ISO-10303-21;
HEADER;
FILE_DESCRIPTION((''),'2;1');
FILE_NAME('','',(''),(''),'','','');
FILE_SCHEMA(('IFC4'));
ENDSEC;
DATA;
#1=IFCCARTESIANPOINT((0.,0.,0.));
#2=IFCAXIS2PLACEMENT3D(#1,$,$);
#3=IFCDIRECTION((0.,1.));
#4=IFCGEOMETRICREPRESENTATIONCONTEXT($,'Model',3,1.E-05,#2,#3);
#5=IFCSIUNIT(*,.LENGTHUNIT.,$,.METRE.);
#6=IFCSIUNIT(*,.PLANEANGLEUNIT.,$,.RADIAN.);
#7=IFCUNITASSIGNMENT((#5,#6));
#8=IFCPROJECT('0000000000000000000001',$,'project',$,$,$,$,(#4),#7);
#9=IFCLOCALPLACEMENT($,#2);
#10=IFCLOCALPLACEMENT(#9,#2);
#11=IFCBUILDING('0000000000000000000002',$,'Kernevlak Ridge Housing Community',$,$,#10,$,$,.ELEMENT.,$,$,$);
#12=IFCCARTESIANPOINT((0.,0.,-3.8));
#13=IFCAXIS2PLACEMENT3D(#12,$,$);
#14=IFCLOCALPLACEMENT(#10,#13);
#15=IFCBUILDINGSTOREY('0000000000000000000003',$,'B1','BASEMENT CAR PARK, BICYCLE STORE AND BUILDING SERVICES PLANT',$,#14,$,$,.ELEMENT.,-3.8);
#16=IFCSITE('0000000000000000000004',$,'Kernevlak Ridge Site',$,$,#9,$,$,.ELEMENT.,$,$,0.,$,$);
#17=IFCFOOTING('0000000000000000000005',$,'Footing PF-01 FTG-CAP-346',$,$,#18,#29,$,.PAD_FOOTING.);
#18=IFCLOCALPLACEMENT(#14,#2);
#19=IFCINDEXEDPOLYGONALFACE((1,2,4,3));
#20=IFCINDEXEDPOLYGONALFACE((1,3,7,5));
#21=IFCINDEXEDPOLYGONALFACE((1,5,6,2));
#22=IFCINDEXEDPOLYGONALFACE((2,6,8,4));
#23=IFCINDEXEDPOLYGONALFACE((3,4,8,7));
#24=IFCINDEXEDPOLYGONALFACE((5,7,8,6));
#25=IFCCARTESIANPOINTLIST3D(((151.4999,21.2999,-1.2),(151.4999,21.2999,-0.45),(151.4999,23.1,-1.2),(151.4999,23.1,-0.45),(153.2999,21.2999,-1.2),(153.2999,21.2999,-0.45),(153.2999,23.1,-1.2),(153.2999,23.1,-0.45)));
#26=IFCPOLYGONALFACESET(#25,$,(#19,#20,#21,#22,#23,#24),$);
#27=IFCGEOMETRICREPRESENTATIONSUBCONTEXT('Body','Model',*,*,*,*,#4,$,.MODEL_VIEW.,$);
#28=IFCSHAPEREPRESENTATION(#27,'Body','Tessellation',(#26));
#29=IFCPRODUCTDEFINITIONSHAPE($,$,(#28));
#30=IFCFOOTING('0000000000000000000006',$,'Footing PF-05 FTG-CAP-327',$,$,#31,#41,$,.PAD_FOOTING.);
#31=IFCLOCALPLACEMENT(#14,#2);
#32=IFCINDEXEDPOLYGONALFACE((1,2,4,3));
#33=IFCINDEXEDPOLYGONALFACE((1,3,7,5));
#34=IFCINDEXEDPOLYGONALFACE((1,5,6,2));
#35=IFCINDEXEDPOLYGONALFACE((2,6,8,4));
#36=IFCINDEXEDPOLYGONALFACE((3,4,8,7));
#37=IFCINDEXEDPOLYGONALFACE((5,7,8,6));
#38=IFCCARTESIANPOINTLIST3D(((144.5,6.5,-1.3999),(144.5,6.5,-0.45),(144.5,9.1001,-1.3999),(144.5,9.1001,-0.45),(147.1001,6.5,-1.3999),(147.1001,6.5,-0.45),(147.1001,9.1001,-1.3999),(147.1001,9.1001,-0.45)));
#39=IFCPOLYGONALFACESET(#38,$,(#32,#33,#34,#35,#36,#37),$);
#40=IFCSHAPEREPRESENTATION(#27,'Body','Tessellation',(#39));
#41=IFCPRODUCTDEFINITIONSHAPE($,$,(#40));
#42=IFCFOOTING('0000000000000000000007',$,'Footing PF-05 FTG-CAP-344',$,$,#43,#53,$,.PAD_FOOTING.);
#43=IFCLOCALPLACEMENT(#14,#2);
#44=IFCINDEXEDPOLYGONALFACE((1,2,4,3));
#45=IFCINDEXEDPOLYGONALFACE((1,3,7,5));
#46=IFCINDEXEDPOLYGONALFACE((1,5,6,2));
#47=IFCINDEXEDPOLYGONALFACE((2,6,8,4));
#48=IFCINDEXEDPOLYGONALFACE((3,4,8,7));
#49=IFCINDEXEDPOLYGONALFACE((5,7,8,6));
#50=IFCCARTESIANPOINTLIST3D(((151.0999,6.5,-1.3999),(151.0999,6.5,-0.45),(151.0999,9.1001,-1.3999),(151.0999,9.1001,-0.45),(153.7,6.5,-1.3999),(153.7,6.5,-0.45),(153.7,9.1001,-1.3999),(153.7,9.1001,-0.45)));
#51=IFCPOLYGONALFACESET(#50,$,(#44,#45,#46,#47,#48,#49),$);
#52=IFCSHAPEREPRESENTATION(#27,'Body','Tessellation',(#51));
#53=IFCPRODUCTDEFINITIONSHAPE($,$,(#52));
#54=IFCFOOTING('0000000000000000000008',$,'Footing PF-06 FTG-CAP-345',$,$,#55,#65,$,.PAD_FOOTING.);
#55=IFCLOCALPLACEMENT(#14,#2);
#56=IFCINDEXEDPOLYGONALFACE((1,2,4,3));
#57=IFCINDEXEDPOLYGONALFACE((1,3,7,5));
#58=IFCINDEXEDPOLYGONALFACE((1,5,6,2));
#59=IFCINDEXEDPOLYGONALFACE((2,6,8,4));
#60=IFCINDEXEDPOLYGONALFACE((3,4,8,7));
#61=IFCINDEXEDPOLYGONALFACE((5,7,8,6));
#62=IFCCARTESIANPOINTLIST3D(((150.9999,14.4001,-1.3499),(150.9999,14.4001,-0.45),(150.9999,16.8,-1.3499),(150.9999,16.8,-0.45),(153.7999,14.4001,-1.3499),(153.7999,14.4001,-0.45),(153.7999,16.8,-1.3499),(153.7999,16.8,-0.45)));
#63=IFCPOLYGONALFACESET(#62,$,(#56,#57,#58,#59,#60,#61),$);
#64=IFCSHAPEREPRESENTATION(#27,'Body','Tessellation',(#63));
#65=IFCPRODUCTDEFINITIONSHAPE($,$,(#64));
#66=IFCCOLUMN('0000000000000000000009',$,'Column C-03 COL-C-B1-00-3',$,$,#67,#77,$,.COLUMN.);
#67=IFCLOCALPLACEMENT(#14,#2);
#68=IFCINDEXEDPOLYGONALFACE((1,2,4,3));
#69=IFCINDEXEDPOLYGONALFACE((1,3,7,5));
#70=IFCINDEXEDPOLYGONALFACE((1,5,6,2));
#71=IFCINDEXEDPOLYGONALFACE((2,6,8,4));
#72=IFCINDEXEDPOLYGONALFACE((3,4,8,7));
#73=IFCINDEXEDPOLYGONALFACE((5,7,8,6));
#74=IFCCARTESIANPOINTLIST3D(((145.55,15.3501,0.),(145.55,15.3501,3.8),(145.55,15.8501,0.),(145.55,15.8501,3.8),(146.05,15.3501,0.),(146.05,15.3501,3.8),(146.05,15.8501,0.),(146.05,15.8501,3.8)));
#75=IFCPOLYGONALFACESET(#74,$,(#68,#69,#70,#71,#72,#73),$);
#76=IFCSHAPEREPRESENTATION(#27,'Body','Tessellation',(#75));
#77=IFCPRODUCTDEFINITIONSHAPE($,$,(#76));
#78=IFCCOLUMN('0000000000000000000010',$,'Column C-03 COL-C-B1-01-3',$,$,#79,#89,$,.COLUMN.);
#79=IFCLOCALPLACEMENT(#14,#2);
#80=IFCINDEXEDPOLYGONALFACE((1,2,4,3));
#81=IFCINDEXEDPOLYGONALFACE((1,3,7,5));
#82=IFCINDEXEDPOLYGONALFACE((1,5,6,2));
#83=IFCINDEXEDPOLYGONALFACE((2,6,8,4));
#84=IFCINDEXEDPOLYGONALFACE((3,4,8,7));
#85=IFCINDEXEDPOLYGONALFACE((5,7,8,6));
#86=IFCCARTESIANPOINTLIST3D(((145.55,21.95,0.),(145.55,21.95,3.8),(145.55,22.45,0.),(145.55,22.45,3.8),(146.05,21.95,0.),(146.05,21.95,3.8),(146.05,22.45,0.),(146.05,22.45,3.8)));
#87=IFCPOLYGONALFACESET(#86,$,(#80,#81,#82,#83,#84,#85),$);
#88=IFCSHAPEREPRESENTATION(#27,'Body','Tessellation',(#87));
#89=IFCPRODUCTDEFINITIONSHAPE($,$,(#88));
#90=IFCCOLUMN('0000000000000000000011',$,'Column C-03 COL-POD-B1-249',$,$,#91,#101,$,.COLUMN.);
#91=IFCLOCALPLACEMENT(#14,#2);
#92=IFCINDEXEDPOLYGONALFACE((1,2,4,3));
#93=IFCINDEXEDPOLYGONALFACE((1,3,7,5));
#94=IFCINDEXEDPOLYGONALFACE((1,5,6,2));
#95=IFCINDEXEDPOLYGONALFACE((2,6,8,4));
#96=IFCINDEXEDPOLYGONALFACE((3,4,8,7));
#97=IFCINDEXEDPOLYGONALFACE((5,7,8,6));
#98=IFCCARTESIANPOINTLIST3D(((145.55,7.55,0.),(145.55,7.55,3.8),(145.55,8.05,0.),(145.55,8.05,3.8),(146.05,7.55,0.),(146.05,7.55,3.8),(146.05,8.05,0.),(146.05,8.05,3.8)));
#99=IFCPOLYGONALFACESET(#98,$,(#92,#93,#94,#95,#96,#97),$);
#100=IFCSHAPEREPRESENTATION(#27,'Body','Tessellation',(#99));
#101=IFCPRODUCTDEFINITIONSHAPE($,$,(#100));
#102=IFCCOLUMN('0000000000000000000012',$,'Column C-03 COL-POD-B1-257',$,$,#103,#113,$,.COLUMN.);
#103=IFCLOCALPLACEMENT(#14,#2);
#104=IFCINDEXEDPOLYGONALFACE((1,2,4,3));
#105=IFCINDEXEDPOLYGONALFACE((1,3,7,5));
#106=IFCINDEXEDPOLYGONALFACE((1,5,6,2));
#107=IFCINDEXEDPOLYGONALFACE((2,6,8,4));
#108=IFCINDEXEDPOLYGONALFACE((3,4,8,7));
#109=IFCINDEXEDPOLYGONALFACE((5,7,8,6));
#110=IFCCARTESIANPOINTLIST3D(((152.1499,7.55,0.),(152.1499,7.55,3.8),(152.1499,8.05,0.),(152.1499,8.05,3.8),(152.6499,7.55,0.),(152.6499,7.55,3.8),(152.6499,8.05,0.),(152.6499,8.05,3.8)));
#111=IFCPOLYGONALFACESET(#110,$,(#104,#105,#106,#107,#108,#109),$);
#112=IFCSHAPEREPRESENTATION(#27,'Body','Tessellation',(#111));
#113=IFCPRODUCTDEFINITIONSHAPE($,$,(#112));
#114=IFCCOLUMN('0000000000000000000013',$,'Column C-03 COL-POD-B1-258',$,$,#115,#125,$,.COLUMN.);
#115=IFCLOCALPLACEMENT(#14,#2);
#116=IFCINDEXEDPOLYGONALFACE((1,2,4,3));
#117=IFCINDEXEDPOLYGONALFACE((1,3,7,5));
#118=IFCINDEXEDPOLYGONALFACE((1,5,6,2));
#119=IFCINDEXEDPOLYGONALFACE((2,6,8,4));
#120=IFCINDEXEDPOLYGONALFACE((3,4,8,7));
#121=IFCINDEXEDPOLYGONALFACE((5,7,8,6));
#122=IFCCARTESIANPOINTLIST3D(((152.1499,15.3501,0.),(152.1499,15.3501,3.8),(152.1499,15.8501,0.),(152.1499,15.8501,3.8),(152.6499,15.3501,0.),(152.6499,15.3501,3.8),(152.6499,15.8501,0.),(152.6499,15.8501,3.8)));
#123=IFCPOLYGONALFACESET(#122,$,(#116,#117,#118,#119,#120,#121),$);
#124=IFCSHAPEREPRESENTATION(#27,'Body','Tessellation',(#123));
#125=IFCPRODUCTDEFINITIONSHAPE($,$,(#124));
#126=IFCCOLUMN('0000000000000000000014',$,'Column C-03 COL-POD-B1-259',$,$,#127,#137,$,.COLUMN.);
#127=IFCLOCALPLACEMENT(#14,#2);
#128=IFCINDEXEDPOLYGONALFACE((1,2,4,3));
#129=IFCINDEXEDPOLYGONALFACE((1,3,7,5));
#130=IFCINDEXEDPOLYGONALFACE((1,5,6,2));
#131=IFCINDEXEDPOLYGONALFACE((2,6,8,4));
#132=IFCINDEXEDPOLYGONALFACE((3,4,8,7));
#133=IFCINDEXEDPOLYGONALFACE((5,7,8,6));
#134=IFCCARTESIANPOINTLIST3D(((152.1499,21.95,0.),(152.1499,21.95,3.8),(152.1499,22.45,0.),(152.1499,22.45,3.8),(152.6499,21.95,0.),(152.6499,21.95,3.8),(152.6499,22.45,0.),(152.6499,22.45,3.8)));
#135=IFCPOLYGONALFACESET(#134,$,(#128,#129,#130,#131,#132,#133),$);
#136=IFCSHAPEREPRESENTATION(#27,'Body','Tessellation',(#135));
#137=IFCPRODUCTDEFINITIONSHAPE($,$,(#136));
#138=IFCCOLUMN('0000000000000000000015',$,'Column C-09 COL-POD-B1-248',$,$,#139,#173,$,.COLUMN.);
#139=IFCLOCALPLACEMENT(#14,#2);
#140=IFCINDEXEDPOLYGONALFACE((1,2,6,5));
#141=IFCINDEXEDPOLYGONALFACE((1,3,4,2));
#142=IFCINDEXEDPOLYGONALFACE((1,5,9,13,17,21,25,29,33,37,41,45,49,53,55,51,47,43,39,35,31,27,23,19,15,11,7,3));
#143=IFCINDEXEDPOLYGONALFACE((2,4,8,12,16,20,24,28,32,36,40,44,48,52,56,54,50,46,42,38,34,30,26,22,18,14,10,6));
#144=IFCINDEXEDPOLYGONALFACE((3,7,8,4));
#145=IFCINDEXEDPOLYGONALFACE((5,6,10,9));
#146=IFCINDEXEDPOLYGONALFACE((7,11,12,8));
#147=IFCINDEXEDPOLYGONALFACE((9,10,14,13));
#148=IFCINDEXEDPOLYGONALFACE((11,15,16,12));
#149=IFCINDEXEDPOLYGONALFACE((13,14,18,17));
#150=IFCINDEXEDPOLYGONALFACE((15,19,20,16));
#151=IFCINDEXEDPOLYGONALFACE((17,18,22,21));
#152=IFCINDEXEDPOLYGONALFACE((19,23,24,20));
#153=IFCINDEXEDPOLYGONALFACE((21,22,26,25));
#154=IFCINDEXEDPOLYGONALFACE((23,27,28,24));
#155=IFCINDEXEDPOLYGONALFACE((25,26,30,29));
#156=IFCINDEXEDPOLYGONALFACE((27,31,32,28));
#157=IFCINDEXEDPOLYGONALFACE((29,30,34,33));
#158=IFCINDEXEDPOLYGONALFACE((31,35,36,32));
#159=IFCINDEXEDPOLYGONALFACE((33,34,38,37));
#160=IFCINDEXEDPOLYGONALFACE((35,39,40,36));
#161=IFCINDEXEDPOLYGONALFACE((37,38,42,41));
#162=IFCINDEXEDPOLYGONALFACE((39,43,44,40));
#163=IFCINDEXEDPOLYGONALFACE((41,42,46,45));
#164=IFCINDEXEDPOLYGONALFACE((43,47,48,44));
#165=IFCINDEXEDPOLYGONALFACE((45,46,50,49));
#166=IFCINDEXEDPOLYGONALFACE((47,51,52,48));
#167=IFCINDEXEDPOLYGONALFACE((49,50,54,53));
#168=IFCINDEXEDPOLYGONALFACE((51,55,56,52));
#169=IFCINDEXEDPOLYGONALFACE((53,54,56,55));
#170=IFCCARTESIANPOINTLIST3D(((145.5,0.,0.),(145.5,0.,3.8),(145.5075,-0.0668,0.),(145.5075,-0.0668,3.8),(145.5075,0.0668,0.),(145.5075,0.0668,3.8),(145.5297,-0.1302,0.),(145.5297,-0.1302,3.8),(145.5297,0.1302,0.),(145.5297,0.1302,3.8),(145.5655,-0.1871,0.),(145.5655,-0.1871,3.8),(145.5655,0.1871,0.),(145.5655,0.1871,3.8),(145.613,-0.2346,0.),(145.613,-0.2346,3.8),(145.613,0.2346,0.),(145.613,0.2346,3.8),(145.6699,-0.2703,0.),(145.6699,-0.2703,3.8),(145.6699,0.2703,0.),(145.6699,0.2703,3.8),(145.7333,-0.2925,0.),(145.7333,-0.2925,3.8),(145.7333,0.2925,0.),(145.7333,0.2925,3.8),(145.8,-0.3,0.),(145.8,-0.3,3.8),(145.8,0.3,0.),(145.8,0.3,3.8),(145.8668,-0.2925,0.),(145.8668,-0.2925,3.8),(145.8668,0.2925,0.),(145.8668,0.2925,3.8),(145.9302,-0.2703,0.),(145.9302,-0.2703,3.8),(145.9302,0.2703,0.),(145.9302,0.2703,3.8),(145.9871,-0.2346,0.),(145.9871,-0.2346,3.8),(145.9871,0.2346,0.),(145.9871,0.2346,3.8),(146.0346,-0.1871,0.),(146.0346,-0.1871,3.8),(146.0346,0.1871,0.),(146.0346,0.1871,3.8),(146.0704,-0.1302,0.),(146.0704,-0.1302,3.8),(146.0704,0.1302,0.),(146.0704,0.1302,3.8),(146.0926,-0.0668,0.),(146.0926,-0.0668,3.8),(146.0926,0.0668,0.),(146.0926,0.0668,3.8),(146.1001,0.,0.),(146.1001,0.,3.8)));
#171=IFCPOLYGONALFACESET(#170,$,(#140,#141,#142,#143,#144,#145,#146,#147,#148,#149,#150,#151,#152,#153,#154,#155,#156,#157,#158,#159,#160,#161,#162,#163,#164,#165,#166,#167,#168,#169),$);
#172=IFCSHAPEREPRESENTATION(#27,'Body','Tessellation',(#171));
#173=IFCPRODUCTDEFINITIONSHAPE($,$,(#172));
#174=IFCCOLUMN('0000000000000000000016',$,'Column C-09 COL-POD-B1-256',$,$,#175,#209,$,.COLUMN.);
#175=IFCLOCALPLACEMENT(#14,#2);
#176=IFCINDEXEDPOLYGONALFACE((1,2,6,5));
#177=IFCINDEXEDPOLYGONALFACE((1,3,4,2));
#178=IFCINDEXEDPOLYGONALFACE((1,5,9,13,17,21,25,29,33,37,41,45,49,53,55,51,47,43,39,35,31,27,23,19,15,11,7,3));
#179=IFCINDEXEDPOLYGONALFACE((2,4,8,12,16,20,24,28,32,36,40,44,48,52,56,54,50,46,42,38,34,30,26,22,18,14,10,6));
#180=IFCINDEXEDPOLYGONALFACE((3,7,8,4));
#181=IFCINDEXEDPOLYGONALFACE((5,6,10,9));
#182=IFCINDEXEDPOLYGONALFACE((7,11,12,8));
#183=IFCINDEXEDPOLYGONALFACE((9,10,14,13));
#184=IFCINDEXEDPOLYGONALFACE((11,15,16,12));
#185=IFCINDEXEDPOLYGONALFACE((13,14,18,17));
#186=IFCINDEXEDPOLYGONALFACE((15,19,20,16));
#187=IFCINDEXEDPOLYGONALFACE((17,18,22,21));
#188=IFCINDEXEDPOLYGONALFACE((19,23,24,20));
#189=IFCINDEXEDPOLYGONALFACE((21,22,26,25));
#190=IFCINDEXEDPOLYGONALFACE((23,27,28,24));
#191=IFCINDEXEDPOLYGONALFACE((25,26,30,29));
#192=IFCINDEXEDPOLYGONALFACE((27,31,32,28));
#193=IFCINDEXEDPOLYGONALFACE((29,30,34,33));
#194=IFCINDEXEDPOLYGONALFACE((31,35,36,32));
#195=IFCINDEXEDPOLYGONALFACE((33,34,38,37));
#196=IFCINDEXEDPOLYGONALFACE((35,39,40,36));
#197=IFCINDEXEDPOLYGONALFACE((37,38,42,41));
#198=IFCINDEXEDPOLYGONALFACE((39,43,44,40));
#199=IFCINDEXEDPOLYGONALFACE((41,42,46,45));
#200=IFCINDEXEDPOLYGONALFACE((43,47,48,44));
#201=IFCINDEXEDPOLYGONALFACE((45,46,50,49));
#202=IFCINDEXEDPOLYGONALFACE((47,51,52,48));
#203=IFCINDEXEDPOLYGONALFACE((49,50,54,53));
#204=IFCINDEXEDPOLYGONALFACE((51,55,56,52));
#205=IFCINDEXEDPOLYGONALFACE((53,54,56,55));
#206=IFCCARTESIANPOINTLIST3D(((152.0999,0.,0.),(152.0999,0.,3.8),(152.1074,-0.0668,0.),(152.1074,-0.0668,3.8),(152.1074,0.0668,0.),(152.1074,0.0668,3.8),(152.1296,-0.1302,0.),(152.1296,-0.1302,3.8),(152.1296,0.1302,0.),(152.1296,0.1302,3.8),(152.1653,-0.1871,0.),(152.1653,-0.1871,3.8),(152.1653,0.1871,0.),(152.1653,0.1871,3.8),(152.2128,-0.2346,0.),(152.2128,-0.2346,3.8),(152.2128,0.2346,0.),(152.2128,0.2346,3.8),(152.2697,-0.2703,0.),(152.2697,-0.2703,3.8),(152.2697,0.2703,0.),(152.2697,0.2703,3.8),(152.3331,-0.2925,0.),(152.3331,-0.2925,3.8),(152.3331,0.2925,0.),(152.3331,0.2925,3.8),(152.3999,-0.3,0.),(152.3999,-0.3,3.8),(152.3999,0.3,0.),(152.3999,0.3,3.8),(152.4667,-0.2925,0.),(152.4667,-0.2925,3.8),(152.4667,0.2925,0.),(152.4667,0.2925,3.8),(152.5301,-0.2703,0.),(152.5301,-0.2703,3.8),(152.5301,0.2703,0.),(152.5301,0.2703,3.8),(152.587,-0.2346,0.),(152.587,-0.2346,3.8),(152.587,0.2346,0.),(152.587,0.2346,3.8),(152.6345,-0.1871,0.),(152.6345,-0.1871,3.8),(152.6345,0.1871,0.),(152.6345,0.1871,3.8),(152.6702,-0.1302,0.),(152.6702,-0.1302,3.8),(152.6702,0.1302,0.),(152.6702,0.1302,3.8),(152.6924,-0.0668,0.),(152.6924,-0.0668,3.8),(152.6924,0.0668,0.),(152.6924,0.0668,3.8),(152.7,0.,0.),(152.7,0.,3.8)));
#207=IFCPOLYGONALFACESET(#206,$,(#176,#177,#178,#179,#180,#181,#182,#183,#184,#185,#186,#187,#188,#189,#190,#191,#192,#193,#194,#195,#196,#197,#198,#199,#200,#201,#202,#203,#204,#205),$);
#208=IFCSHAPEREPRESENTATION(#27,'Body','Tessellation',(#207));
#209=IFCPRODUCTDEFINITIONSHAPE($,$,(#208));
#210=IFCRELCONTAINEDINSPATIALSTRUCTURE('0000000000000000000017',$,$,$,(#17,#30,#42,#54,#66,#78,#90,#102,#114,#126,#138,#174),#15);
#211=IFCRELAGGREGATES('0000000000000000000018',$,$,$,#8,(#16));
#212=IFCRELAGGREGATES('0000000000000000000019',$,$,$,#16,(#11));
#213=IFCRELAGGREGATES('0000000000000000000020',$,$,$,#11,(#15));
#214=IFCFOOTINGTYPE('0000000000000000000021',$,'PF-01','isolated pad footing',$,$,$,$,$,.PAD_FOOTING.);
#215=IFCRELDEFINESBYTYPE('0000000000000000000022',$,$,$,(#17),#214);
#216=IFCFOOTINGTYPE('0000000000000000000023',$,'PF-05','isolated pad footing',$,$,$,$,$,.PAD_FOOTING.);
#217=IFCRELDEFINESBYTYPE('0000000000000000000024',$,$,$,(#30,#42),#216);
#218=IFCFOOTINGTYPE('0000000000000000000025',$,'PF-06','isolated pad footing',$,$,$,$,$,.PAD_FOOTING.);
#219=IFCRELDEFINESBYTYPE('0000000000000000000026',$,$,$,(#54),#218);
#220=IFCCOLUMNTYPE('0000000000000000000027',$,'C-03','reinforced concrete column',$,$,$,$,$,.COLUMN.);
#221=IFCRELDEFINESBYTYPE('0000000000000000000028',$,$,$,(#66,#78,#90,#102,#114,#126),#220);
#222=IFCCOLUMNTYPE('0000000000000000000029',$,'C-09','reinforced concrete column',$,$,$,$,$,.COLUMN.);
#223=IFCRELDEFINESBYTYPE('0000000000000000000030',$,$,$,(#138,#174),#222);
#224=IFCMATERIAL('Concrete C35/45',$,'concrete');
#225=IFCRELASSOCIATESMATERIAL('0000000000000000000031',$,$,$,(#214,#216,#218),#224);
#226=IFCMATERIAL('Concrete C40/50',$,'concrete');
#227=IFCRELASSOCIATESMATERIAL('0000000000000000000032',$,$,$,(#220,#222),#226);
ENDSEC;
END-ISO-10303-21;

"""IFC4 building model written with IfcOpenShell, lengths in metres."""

from ifc_helpers import new_model, si_unit, direction, frame, origin, origin_2d, place, context, subcontext, project, spatial, rectangle, circle, extrude, material, material_profile, profile_set, type_object, element, save


model = new_model("IFC4")

# Units and contexts
model_context = context("Model", 3, precision=1e-05, world=origin(), true_north=direction((0.0, 1.0)))
body_context = subcontext(model_context, "Body", "Model", "MODEL_VIEW")
ifc_project = project(units=[si_unit("LENGTHUNIT", "METRE"), si_unit("PLANEANGLEUNIT", "RADIAN")], contexts=[model_context])

# Site, building, storey
site_placement = place(None, origin())
site = spatial("IfcSite", under=ifc_project, at=site_placement, Name="Kernevlak Ridge Site", CompositionType="ELEMENT", RefElevation=0.0)
building_placement = place(site_placement, origin())
building = spatial("IfcBuilding", under=site, at=building_placement, Name="Kernevlak Ridge Housing Community", CompositionType="ELEMENT")
storey_placement = place(building_placement, frame((0.0, 0.0, -3.8)))
storey = spatial("IfcBuildingStorey", under=building, at=storey_placement, Name="B1", Description="BASEMENT CAR PARK, BICYCLE STORE AND BUILDING SERVICES PLANT", CompositionType="ELEMENT", Elevation=-3.8)

# Shared definitions
ifc_material_1 = material(Name="Concrete C35/45", Category="concrete")

# Footings
footing_type_1 = type_object("IfcFootingType", Name="PF-01", Description="isolated pad footing", PredefinedType="PAD_FOOTING", material=ifc_material_1)
footing_1_placement = place(storey_placement, frame((152.3999, 22.2, -1.2), z_axis=(0.0, 0.0, 1.0), x_axis=(1.0, 0.0, 0.0)))
element("IfcFooting", 1, at=footing_1_placement, inside=storey, type_object=footing_type_1, Name="Footing PF-01 FTG-CAP-346", PredefinedType="PAD_FOOTING", context=body_context, shape_type="SweptSolid", body=[
    extrude(rectangle(XDim=1.8, YDim=1.8, at=origin_2d()), origin(), (0.0, 0.0, 1.0), 0.75),
])
footing_type_2 = type_object("IfcFootingType", Name="PF-05", Description="isolated pad footing", PredefinedType="PAD_FOOTING", material=ifc_material_1)
for number, where, z_axis, x_axis, name in (
    (2, (145.8, 7.8, -1.3999), (0.0, 0.0, 1.0), (1.0, 0.0, 0.0), "Footing PF-05 FTG-CAP-327"),
    (3, (152.3999, 7.8, -1.3999), (0.0, 0.0, 1.0), (1.0, 0.0, 0.0), "Footing PF-05 FTG-CAP-344"),
):
    element("IfcFooting", number, at=place(storey_placement, frame(where, z_axis=z_axis, x_axis=x_axis)), inside=storey, type_object=footing_type_2, Name=name, PredefinedType="PAD_FOOTING", context=body_context, shape_type="SweptSolid", body=[
        extrude(rectangle(XDim=2.6001, YDim=2.6001, at=origin_2d()), origin(), (0.0, 0.0, 1.0), 0.95),
    ])
footing_type_3 = type_object("IfcFootingType", Name="PF-06", Description="isolated pad footing", PredefinedType="PAD_FOOTING", material=ifc_material_1)
footing_2_placement = place(storey_placement, frame((152.3999, 15.6001, -1.3499), z_axis=(0.0, 0.0, 1.0), x_axis=(1.0, 0.0, 0.0)))
element("IfcFooting", 4, at=footing_2_placement, inside=storey, type_object=footing_type_3, Name="Footing PF-06 FTG-CAP-345", PredefinedType="PAD_FOOTING", context=body_context, shape_type="SweptSolid", body=[
    extrude(rectangle(XDim=2.8, YDim=2.3999, at=origin_2d()), origin(), (0.0, 0.0, 1.0), 0.8999),
])

# Columns
ifc_material_2 = material(Name="Concrete C40/50", Category="concrete")
ifc_material_profile_1 = material_profile(ifc_material_2, rectangle(XDim=0.5, YDim=0.5, at=origin_2d()), Name="RC 500x500")
ifc_profile_set_1 = profile_set([ifc_material_profile_1], Name="Concrete C40/50")
column_type_1 = type_object("IfcColumnType", Name="C-03", Description="reinforced concrete column", PredefinedType="COLUMN", material=ifc_profile_set_1)
for number, where, z_axis, x_axis, name in (
    (5, (145.8, 15.6001, 0.0), (0.0, 0.0, 1.0), (1.0, 0.0, 0.0), "Column C-03 COL-C-B1-00-3"),
    (6, (145.8, 22.2, 0.0), (0.0, 0.0, 1.0), (1.0, 0.0, 0.0), "Column C-03 COL-C-B1-01-3"),
    (7, (145.8, 7.8, 0.0), (0.0, 0.0, 1.0), (1.0, 0.0, 0.0), "Column C-03 COL-POD-B1-249"),
    (8, (152.3999, 7.8, 0.0), (0.0, 0.0, 1.0), (1.0, 0.0, 0.0), "Column C-03 COL-POD-B1-257"),
    (9, (152.3999, 15.6001, 0.0), (0.0, 0.0, 1.0), (1.0, 0.0, 0.0), "Column C-03 COL-POD-B1-258"),
    (10, (152.3999, 22.2, 0.0), (0.0, 0.0, 1.0), (1.0, 0.0, 0.0), "Column C-03 COL-POD-B1-259"),
):
    element("IfcColumn", number, at=place(storey_placement, frame(where, z_axis=z_axis, x_axis=x_axis)), inside=storey, type_object=column_type_1, Name=name, PredefinedType="COLUMN", context=body_context, shape_type="SweptSolid", body=[
        extrude(rectangle(XDim=0.5, YDim=0.5, at=origin_2d()), origin(), (0.0, 0.0, 1.0), 3.8),
    ])
ifc_material_profile_2 = material_profile(ifc_material_2, circle(Radius=0.3, at=origin_2d()), Name="RC D600")
ifc_profile_set_2 = profile_set([ifc_material_profile_2], Name="Concrete C40/50")
column_type_2 = type_object("IfcColumnType", Name="C-09", Description="reinforced concrete column", PredefinedType="COLUMN", material=ifc_profile_set_2)
for number, where, z_axis, x_axis, name in (
    (11, (145.8, 0.0, 0.0), (0.0, 0.0, 1.0), (1.0, 0.0, 0.0), "Column C-09 COL-POD-B1-248"),
    (12, (152.3999, 0.0, 0.0), (0.0, 0.0, 1.0), (1.0, 0.0, 0.0), "Column C-09 COL-POD-B1-256"),
):
    element("IfcColumn", number, at=place(storey_placement, frame(where, z_axis=z_axis, x_axis=x_axis)), inside=storey, type_object=column_type_2, Name=name, PredefinedType="COLUMN", context=body_context, shape_type="SweptSolid", body=[
        extrude(circle(Radius=0.3, at=origin_2d()), origin(), (0.0, 0.0, 1.0), 3.8),
    ])

save(model, "model.ifc")
